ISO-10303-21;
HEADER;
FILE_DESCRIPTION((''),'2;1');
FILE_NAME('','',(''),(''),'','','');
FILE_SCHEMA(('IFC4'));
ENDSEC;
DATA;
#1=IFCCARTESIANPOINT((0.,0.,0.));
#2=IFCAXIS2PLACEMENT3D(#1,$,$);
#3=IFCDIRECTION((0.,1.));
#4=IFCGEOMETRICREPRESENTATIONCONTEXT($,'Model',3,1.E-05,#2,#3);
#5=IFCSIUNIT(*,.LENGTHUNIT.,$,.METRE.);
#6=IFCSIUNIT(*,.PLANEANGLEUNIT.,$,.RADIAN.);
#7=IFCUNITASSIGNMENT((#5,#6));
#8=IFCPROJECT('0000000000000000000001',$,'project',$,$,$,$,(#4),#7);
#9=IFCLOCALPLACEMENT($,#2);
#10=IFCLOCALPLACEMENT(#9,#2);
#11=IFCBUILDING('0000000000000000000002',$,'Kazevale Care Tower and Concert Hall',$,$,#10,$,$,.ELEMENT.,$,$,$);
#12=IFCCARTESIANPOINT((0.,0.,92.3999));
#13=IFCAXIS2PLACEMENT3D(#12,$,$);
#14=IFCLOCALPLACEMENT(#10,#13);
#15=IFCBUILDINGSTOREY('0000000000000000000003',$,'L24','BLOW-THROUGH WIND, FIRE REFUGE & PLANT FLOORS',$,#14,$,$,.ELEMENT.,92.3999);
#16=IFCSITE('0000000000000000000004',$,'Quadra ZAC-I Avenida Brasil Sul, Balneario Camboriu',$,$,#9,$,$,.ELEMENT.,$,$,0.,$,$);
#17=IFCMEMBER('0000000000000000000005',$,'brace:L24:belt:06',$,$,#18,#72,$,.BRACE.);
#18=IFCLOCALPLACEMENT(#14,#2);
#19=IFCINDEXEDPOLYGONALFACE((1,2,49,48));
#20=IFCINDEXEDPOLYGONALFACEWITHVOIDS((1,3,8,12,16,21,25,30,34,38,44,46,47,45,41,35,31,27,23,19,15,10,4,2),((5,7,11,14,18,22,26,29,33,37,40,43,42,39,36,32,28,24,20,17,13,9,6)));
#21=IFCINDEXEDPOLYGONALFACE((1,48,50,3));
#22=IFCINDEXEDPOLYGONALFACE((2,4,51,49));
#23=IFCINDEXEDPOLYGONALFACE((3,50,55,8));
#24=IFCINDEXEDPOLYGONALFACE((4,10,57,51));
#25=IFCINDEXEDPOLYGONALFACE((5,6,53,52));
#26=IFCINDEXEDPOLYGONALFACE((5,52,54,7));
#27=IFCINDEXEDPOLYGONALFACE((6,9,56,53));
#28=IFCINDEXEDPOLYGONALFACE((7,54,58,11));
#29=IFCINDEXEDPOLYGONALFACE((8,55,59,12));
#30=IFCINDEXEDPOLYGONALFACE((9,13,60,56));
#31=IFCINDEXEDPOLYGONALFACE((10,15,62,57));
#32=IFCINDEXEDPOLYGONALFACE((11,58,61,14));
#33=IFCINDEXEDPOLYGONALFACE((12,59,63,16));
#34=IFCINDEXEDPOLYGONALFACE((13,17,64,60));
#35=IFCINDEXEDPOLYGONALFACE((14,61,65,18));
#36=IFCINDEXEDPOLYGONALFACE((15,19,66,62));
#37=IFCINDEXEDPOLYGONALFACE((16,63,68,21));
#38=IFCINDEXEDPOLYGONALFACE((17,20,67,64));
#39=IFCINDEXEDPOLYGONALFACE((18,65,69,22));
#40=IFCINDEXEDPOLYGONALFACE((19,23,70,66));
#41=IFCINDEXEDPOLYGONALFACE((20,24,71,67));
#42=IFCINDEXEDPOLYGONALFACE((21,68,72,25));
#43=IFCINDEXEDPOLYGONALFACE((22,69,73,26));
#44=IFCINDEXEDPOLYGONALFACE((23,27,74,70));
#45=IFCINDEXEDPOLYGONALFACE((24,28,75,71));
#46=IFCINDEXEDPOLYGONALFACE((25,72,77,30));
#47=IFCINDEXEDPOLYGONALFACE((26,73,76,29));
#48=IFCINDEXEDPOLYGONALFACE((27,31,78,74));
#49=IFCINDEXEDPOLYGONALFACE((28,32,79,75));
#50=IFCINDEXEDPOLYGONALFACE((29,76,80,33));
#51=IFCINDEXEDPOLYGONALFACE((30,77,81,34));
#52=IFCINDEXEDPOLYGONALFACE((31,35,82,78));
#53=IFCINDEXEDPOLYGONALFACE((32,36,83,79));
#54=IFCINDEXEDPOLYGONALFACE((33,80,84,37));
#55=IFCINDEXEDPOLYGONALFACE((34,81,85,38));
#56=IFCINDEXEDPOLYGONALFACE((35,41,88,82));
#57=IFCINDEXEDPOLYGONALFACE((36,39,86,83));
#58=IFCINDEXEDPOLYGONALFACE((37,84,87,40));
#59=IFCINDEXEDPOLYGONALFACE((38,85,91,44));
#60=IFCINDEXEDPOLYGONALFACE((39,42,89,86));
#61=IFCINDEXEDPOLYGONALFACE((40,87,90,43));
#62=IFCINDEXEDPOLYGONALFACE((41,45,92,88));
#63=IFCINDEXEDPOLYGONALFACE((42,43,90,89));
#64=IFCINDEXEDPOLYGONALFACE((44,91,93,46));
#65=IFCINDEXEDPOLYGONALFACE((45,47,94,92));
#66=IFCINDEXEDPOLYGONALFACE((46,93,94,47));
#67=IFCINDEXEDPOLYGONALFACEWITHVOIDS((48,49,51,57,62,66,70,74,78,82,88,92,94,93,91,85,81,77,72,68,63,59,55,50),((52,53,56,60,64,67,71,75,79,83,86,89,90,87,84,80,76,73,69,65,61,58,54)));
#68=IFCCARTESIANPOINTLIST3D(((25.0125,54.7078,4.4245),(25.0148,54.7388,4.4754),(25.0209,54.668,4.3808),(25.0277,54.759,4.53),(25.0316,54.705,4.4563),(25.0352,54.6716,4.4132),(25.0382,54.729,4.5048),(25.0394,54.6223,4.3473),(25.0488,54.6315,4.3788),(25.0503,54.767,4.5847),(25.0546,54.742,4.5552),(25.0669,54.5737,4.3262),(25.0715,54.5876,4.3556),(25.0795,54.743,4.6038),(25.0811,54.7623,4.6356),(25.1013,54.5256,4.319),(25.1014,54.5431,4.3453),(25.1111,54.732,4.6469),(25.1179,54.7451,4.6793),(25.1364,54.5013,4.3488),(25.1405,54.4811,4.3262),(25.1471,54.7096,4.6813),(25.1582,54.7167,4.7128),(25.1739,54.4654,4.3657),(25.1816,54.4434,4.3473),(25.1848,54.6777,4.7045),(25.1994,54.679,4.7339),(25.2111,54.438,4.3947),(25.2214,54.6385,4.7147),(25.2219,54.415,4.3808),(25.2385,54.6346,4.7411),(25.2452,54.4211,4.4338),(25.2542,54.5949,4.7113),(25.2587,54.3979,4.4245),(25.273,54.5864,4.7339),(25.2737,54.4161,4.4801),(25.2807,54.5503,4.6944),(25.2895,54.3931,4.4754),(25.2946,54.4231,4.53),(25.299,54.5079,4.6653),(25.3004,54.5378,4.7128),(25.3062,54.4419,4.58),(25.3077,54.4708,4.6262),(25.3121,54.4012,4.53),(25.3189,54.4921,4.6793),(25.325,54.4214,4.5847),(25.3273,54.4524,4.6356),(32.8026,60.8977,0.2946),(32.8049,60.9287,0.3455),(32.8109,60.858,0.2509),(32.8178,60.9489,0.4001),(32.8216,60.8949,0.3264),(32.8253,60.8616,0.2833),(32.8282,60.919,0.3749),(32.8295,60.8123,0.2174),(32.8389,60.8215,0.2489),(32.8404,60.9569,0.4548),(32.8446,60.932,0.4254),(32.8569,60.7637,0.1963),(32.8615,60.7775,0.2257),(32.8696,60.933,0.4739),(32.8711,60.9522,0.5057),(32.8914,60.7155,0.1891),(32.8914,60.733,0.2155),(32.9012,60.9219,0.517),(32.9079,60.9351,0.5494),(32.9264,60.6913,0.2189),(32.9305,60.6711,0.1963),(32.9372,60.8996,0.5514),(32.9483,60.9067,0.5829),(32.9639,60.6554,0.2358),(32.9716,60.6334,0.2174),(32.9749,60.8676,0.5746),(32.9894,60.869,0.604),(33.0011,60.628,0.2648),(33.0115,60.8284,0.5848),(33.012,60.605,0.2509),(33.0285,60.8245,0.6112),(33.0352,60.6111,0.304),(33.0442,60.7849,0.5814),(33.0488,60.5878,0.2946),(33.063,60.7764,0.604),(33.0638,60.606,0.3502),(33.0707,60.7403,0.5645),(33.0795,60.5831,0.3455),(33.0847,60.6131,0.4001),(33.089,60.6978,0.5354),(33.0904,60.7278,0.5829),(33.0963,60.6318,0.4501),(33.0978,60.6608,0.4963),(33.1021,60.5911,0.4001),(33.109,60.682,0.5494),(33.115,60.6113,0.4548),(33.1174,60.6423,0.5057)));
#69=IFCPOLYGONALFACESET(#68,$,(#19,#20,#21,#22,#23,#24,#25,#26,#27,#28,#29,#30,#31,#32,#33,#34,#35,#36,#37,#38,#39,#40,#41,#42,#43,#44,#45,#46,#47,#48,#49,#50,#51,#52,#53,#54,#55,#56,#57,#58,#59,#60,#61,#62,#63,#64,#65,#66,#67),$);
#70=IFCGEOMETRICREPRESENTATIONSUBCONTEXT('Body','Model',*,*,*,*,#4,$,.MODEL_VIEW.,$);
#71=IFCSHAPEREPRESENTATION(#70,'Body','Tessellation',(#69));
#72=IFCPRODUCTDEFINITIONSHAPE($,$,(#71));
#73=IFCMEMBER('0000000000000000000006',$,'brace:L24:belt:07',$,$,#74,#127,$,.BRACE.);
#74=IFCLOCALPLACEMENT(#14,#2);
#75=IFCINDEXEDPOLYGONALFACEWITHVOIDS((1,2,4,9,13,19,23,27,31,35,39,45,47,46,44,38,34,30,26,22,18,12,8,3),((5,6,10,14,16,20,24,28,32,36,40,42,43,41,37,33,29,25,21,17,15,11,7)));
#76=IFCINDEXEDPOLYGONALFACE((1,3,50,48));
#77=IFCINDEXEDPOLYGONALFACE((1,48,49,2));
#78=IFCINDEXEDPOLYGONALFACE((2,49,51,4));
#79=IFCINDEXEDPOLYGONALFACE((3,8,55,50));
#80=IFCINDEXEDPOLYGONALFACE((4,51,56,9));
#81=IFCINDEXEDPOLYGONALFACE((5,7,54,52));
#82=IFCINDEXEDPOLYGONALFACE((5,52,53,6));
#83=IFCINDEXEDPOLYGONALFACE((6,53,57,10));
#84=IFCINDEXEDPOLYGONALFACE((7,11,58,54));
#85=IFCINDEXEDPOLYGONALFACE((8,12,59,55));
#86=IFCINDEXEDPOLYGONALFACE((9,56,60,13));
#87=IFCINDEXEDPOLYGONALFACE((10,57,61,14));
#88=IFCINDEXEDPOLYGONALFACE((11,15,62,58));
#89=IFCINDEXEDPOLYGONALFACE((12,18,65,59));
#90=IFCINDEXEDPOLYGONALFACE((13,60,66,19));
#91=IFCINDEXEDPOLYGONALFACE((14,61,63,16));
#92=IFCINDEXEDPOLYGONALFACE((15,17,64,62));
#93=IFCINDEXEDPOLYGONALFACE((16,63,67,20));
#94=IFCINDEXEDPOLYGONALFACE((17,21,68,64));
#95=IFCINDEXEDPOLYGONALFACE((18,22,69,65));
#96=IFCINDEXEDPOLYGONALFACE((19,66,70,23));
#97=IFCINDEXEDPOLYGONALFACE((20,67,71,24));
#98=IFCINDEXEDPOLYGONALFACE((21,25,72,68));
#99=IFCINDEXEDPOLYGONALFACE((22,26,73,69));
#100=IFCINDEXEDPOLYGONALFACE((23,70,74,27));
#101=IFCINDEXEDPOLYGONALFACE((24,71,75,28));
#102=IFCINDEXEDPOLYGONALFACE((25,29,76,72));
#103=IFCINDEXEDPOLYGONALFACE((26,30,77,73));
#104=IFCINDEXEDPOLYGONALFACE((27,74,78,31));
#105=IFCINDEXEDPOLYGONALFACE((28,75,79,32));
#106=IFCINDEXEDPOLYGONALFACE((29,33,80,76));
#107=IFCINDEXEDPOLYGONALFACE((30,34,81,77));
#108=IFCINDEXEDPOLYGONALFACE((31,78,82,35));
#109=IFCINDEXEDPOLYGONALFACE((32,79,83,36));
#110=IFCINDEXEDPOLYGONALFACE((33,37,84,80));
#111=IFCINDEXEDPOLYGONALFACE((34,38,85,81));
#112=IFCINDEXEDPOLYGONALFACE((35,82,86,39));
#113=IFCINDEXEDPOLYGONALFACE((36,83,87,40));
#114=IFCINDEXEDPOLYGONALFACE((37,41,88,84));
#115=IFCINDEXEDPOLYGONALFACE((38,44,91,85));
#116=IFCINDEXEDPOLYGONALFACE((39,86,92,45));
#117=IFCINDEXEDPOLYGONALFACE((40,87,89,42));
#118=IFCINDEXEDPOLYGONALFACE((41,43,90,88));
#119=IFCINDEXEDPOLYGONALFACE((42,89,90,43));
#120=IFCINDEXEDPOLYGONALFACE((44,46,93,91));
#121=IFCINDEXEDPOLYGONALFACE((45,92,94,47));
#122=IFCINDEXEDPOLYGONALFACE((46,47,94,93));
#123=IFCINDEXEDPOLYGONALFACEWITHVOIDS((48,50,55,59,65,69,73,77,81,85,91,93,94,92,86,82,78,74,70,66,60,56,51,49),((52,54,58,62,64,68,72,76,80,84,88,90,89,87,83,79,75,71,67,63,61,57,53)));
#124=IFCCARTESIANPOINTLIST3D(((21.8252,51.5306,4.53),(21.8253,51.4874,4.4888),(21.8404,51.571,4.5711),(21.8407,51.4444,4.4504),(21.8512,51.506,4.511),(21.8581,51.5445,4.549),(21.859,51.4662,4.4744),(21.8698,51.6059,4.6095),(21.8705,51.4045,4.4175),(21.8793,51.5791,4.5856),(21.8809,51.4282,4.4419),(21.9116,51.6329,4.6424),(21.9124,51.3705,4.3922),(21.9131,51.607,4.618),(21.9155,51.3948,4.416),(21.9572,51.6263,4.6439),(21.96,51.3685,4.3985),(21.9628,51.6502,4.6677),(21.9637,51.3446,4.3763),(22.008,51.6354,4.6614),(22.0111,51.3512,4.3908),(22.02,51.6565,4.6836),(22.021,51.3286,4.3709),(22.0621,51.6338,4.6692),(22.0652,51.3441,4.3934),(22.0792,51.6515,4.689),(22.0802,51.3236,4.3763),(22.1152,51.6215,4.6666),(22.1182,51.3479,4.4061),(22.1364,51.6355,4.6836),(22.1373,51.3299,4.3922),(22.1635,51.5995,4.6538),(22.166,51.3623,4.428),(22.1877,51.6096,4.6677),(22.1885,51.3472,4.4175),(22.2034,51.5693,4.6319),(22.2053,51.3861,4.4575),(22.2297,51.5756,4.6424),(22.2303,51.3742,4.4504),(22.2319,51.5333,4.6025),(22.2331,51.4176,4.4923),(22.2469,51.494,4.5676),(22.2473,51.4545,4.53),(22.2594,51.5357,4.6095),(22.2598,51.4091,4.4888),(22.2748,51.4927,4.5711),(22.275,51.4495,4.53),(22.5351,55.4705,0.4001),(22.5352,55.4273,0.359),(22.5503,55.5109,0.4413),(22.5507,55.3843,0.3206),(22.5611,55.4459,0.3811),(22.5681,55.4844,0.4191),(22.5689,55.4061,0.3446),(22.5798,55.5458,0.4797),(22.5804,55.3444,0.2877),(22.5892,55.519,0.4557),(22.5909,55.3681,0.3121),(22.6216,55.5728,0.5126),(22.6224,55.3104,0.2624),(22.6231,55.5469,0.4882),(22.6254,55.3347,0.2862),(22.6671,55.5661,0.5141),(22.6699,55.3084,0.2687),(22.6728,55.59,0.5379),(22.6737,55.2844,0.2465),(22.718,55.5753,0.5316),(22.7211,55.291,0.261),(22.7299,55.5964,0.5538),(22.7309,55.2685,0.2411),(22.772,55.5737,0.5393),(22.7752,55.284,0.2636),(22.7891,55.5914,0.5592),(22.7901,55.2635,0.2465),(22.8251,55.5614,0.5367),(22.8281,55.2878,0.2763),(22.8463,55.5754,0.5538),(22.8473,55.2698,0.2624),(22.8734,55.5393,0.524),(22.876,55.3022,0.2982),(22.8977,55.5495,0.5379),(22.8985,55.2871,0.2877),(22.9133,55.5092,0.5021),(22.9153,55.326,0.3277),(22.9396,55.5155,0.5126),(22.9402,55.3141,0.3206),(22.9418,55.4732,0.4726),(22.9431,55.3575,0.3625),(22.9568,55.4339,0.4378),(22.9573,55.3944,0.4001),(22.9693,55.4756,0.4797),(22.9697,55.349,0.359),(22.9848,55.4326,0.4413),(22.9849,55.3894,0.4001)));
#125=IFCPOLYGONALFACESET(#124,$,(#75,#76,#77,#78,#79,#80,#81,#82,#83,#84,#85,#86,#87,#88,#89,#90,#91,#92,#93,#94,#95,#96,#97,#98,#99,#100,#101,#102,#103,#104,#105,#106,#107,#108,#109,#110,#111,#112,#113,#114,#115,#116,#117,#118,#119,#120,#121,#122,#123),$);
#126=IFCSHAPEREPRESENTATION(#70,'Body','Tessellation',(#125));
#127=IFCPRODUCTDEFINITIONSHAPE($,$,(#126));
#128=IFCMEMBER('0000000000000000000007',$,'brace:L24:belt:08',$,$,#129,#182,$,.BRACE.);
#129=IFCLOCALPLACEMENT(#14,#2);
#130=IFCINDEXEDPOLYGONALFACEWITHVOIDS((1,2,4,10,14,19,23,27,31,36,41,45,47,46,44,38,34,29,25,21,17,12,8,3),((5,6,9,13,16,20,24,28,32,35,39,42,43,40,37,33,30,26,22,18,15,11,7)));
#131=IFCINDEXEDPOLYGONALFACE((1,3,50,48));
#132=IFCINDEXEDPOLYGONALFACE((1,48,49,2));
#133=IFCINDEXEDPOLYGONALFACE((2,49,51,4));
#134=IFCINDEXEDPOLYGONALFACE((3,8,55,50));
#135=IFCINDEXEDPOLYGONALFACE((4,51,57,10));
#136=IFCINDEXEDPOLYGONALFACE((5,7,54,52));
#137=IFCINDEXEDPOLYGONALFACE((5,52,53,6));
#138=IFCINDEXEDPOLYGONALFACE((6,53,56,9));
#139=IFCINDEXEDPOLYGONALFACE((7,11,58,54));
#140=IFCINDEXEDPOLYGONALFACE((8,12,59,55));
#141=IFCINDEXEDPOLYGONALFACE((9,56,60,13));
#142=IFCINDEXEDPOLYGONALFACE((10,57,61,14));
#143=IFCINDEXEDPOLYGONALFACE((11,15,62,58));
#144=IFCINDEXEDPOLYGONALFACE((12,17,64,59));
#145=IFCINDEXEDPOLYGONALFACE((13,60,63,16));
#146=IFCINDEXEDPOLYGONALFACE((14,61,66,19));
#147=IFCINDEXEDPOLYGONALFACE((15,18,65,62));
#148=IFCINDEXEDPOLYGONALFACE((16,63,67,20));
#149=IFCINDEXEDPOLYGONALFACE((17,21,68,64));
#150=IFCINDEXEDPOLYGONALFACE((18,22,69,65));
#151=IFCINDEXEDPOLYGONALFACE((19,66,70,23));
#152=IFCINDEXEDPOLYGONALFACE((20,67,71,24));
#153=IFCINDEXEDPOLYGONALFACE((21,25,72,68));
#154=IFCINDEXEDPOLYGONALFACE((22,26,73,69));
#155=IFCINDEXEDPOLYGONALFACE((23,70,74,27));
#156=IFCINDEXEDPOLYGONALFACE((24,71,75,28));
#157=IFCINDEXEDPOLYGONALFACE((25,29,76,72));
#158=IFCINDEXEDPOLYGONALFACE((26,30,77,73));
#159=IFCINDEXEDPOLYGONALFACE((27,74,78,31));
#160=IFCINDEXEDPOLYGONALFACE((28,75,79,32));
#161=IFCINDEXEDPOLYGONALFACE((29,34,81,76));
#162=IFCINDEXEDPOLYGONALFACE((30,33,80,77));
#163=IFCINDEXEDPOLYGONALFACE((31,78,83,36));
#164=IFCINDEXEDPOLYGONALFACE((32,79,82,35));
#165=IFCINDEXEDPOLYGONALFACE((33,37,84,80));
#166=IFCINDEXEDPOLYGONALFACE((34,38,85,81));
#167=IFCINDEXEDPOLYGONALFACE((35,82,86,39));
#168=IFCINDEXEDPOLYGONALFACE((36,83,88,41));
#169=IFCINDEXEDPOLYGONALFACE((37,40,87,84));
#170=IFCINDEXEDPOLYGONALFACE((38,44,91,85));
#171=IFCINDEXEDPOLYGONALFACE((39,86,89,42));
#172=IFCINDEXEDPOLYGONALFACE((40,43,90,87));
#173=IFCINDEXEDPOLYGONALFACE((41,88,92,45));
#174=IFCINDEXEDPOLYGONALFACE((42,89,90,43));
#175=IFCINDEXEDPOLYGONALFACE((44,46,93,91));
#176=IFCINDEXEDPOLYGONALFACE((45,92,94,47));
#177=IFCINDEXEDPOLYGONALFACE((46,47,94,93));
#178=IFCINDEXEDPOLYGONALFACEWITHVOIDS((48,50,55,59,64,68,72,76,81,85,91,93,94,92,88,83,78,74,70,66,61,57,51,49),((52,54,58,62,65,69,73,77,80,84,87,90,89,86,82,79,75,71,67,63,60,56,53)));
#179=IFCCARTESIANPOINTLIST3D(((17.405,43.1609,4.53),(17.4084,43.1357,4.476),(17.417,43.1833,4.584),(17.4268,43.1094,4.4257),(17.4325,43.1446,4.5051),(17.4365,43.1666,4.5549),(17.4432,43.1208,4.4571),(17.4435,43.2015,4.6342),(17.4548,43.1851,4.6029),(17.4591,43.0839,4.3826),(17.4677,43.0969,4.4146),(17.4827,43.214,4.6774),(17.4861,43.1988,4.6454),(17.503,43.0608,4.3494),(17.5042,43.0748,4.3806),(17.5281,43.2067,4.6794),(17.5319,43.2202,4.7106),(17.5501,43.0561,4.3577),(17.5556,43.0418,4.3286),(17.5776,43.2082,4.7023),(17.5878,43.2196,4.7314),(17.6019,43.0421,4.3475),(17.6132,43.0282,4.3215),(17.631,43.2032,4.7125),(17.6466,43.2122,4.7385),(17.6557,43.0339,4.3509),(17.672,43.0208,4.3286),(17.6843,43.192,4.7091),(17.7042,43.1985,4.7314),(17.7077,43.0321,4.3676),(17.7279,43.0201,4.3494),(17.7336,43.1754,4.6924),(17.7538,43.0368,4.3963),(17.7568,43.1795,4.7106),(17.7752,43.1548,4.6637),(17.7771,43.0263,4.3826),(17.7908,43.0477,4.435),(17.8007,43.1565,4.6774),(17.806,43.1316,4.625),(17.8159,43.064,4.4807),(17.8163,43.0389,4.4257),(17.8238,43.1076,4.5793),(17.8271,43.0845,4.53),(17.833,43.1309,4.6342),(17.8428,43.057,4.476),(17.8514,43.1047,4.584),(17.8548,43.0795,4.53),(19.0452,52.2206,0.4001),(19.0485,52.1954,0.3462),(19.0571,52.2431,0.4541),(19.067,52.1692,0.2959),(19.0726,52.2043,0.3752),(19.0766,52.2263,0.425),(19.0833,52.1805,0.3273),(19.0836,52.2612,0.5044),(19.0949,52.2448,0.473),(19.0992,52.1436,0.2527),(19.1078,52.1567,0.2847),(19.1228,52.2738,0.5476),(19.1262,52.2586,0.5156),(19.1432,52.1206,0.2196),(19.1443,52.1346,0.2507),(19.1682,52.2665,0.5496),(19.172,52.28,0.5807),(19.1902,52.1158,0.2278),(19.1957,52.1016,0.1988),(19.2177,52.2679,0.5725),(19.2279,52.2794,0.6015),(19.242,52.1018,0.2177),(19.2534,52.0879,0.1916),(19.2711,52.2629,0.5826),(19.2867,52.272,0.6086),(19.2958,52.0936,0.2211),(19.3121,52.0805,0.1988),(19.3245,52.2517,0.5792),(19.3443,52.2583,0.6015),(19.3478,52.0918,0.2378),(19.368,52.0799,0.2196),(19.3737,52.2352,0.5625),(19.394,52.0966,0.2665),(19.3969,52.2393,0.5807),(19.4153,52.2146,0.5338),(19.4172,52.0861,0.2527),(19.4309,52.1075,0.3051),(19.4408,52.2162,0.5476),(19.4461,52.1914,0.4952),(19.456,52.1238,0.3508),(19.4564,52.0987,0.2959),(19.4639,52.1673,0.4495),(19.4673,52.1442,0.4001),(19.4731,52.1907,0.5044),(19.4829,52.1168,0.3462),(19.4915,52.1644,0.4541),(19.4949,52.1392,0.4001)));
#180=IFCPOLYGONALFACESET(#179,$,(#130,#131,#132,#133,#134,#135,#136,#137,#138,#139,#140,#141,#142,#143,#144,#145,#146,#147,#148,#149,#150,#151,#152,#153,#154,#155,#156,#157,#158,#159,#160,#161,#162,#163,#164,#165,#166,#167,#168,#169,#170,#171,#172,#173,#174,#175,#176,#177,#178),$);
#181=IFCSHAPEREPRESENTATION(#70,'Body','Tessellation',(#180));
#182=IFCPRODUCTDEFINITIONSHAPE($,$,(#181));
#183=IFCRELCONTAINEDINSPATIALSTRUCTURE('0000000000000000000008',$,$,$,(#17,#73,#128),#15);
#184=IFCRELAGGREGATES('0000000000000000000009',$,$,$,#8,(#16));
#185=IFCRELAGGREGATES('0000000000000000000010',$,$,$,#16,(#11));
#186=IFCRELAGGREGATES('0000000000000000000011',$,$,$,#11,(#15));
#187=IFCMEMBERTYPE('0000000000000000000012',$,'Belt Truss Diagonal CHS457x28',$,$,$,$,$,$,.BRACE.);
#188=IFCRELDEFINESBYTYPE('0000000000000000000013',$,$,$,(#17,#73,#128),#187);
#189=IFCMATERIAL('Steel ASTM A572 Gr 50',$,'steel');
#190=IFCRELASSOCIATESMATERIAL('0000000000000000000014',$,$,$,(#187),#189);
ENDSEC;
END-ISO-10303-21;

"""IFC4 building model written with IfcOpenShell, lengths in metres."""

from ifc_helpers import new_model, si_unit, direction, frame, origin, origin_2d, place, context, subcontext, project, spatial, hollow_circle, extrude, material, material_profile, profile_set, type_object, element, save


model = new_model("IFC4")

# Units and contexts
model_context = context("Model", 3, precision=1e-05, world=origin(), true_north=direction((0.0, 1.0)))
body_context = subcontext(model_context, "Body", "Model", "MODEL_VIEW")
ifc_project = project(units=[si_unit("LENGTHUNIT", "METRE"), si_unit("PLANEANGLEUNIT", "RADIAN")], contexts=[model_context])

# Site, building, storey
site_placement = place(None, origin())
site = spatial("IfcSite", under=ifc_project, at=site_placement, Name="Quadra ZAC-I Avenida Brasil Sul, Balneario Camboriu", CompositionType="ELEMENT", RefElevation=0.0)
building_placement = place(site_placement, origin())
building = spatial("IfcBuilding", under=site, at=building_placement, Name="Kazevale Care Tower and Concert Hall", CompositionType="ELEMENT")
storey_placement = place(building_placement, frame((0.0, 0.0, 92.3999)))
storey = spatial("IfcBuildingStorey", under=building, at=storey_placement, Name="L24", Description="BLOW-THROUGH WIND, FIRE REFUGE & PLANT FLOORS", CompositionType="ELEMENT", Elevation=92.3999)

# Members
ifc_material_1 = material(Name="Steel ASTM A572 Gr 50", Category="steel")
ifc_material_profile_1 = material_profile(ifc_material_1, hollow_circle(Radius=0.2285, WallThickness=0.0281, at=origin_2d()), Name="CHS457x28")
ifc_profile_set_1 = profile_set([ifc_material_profile_1], Name="Steel ASTM A572 Gr 50")
member_type = type_object("IfcMemberType", Name="Belt Truss Diagonal CHS457x28", PredefinedType="BRACE", material=ifc_profile_set_1)
member_1_placement = place(storey_placement, frame((32.96, 60.77, 0.4001), z_axis=(-0.723112, -0.574583, 0.383357), x_axis=(0.622112, -0.782928, 0.0)))
element("IfcMember", 1, at=member_1_placement, inside=storey, type_object=member_type, Name="brace:L24:belt:06", PredefinedType="BRACE", context=body_context, shape_type="SweptSolid", body=[
    extrude(hollow_circle(Radius=0.2285, WallThickness=0.0281, at=origin_2d()), origin(), (0.0, 0.0, 1.0), 10.7729),
])
member_2_placement = place(storey_placement, frame((22.76, 55.4299, 0.4001), z_axis=(-0.123433, -0.684994, 0.718017), x_axis=(0.98415, -0.17734, 0.0)))
element("IfcMember", 2, at=member_2_placement, inside=storey, type_object=member_type, Name="brace:L24:belt:07", PredefinedType="BRACE", context=body_context, shape_type="SweptSolid", body=[
    extrude(hollow_circle(Radius=0.2285, WallThickness=0.0281, at=origin_2d()), origin(), (0.0, 0.0, 1.0), 5.7517),
])
member_3_placement = place(storey_placement, frame((19.27, 52.1799, 0.4001), z_axis=(-0.162536, -0.89782, 0.409268), x_axis=(0.984005, -0.178139, 0.0)))
element("IfcMember", 3, at=member_3_placement, inside=storey, type_object=member_type, Name="brace:L24:belt:08", PredefinedType="BRACE", context=body_context, shape_type="SweptSolid", body=[
    extrude(hollow_circle(Radius=0.2285, WallThickness=0.0281, at=origin_2d()), origin(), (0.0, 0.0, 1.0), 10.0908),
])

save(model, "model.ifc")
